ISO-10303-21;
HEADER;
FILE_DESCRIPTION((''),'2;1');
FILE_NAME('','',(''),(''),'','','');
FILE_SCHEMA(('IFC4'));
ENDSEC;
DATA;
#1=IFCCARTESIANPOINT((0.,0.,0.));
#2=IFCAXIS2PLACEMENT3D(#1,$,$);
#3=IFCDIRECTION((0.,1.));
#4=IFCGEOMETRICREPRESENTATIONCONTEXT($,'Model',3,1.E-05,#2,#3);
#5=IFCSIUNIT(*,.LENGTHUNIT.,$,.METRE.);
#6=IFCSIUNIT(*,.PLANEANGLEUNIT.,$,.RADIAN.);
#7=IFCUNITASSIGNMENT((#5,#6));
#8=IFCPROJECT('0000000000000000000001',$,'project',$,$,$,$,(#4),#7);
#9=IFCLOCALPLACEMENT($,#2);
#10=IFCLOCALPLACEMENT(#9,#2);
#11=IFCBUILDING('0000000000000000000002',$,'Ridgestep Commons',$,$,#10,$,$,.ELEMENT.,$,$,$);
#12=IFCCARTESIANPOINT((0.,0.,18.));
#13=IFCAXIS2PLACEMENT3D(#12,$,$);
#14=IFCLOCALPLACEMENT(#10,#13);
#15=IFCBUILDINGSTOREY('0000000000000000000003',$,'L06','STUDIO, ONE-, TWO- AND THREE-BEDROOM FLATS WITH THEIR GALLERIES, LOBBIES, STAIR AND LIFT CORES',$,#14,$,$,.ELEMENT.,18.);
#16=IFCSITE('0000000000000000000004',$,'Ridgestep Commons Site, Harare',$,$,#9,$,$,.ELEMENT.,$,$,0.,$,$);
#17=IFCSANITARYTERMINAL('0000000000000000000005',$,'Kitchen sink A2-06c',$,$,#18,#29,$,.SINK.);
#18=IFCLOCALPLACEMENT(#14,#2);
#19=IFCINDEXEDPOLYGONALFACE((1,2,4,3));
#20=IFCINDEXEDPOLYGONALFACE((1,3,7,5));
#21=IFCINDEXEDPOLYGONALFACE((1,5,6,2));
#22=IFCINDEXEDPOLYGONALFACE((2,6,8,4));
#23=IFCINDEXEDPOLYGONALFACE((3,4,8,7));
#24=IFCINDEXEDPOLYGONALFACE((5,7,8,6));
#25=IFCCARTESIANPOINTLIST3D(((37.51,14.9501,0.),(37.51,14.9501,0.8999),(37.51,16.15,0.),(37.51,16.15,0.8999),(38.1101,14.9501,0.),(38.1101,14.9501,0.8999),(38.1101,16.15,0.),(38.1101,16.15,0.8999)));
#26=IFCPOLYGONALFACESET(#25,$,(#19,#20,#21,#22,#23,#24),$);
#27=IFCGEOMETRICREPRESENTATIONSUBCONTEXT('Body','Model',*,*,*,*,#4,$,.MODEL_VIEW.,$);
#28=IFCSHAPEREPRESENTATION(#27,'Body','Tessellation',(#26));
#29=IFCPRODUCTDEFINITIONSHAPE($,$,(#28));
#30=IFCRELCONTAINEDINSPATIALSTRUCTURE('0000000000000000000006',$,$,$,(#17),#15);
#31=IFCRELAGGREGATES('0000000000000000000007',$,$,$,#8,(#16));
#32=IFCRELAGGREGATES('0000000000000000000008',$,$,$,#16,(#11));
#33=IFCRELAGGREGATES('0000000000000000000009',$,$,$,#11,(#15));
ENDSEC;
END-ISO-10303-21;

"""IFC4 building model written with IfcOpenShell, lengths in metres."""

from ifc_helpers import new_model, si_unit, direction, frame, origin, origin_2d, place, context, subcontext, project, spatial, rectangle, extrude, element, save


model = new_model("IFC4")

# Units and contexts
model_context = context("Model", 3, precision=1e-05, world=origin(), true_north=direction((0.0, 1.0)))
body_context = subcontext(model_context, "Body", "Model", "MODEL_VIEW")
ifc_project = project(units=[si_unit("LENGTHUNIT", "METRE"), si_unit("PLANEANGLEUNIT", "RADIAN")], contexts=[model_context])

# Site, building, storey
site_placement = place(None, origin())
site = spatial("IfcSite", under=ifc_project, at=site_placement, Name="Ridgestep Commons Site, Harare", CompositionType="ELEMENT", RefElevation=0.0)
building_placement = place(site_placement, origin())
building = spatial("IfcBuilding", under=site, at=building_placement, Name="Ridgestep Commons", CompositionType="ELEMENT")
storey_placement = place(building_placement, frame((0.0, 0.0, 18.0)))
storey = spatial("IfcBuildingStorey", under=building, at=storey_placement, Name="L06", Description="STUDIO, ONE-, TWO- AND THREE-BEDROOM FLATS WITH THEIR GALLERIES, LOBBIES, STAIR AND LIFT CORES", CompositionType="ELEMENT", Elevation=18.0)

# Sanitary terminal
sanitary_terminal_1_placement = place(storey_placement, frame((37.8101, 15.55, 0.0), z_axis=(0.0, 0.0, 1.0), x_axis=(1.0, 0.0, 0.0)))
element("IfcSanitaryTerminal", 1, at=sanitary_terminal_1_placement, inside=storey, Name="Kitchen sink A2-06c", PredefinedType="SINK", context=body_context, shape_type="SweptSolid", body=[
    extrude(rectangle(XDim=0.6001, YDim=1.2, at=origin_2d()), origin(), (0.0, 0.0, 1.0), 0.8999),
])

save(model, "model.ifc")
